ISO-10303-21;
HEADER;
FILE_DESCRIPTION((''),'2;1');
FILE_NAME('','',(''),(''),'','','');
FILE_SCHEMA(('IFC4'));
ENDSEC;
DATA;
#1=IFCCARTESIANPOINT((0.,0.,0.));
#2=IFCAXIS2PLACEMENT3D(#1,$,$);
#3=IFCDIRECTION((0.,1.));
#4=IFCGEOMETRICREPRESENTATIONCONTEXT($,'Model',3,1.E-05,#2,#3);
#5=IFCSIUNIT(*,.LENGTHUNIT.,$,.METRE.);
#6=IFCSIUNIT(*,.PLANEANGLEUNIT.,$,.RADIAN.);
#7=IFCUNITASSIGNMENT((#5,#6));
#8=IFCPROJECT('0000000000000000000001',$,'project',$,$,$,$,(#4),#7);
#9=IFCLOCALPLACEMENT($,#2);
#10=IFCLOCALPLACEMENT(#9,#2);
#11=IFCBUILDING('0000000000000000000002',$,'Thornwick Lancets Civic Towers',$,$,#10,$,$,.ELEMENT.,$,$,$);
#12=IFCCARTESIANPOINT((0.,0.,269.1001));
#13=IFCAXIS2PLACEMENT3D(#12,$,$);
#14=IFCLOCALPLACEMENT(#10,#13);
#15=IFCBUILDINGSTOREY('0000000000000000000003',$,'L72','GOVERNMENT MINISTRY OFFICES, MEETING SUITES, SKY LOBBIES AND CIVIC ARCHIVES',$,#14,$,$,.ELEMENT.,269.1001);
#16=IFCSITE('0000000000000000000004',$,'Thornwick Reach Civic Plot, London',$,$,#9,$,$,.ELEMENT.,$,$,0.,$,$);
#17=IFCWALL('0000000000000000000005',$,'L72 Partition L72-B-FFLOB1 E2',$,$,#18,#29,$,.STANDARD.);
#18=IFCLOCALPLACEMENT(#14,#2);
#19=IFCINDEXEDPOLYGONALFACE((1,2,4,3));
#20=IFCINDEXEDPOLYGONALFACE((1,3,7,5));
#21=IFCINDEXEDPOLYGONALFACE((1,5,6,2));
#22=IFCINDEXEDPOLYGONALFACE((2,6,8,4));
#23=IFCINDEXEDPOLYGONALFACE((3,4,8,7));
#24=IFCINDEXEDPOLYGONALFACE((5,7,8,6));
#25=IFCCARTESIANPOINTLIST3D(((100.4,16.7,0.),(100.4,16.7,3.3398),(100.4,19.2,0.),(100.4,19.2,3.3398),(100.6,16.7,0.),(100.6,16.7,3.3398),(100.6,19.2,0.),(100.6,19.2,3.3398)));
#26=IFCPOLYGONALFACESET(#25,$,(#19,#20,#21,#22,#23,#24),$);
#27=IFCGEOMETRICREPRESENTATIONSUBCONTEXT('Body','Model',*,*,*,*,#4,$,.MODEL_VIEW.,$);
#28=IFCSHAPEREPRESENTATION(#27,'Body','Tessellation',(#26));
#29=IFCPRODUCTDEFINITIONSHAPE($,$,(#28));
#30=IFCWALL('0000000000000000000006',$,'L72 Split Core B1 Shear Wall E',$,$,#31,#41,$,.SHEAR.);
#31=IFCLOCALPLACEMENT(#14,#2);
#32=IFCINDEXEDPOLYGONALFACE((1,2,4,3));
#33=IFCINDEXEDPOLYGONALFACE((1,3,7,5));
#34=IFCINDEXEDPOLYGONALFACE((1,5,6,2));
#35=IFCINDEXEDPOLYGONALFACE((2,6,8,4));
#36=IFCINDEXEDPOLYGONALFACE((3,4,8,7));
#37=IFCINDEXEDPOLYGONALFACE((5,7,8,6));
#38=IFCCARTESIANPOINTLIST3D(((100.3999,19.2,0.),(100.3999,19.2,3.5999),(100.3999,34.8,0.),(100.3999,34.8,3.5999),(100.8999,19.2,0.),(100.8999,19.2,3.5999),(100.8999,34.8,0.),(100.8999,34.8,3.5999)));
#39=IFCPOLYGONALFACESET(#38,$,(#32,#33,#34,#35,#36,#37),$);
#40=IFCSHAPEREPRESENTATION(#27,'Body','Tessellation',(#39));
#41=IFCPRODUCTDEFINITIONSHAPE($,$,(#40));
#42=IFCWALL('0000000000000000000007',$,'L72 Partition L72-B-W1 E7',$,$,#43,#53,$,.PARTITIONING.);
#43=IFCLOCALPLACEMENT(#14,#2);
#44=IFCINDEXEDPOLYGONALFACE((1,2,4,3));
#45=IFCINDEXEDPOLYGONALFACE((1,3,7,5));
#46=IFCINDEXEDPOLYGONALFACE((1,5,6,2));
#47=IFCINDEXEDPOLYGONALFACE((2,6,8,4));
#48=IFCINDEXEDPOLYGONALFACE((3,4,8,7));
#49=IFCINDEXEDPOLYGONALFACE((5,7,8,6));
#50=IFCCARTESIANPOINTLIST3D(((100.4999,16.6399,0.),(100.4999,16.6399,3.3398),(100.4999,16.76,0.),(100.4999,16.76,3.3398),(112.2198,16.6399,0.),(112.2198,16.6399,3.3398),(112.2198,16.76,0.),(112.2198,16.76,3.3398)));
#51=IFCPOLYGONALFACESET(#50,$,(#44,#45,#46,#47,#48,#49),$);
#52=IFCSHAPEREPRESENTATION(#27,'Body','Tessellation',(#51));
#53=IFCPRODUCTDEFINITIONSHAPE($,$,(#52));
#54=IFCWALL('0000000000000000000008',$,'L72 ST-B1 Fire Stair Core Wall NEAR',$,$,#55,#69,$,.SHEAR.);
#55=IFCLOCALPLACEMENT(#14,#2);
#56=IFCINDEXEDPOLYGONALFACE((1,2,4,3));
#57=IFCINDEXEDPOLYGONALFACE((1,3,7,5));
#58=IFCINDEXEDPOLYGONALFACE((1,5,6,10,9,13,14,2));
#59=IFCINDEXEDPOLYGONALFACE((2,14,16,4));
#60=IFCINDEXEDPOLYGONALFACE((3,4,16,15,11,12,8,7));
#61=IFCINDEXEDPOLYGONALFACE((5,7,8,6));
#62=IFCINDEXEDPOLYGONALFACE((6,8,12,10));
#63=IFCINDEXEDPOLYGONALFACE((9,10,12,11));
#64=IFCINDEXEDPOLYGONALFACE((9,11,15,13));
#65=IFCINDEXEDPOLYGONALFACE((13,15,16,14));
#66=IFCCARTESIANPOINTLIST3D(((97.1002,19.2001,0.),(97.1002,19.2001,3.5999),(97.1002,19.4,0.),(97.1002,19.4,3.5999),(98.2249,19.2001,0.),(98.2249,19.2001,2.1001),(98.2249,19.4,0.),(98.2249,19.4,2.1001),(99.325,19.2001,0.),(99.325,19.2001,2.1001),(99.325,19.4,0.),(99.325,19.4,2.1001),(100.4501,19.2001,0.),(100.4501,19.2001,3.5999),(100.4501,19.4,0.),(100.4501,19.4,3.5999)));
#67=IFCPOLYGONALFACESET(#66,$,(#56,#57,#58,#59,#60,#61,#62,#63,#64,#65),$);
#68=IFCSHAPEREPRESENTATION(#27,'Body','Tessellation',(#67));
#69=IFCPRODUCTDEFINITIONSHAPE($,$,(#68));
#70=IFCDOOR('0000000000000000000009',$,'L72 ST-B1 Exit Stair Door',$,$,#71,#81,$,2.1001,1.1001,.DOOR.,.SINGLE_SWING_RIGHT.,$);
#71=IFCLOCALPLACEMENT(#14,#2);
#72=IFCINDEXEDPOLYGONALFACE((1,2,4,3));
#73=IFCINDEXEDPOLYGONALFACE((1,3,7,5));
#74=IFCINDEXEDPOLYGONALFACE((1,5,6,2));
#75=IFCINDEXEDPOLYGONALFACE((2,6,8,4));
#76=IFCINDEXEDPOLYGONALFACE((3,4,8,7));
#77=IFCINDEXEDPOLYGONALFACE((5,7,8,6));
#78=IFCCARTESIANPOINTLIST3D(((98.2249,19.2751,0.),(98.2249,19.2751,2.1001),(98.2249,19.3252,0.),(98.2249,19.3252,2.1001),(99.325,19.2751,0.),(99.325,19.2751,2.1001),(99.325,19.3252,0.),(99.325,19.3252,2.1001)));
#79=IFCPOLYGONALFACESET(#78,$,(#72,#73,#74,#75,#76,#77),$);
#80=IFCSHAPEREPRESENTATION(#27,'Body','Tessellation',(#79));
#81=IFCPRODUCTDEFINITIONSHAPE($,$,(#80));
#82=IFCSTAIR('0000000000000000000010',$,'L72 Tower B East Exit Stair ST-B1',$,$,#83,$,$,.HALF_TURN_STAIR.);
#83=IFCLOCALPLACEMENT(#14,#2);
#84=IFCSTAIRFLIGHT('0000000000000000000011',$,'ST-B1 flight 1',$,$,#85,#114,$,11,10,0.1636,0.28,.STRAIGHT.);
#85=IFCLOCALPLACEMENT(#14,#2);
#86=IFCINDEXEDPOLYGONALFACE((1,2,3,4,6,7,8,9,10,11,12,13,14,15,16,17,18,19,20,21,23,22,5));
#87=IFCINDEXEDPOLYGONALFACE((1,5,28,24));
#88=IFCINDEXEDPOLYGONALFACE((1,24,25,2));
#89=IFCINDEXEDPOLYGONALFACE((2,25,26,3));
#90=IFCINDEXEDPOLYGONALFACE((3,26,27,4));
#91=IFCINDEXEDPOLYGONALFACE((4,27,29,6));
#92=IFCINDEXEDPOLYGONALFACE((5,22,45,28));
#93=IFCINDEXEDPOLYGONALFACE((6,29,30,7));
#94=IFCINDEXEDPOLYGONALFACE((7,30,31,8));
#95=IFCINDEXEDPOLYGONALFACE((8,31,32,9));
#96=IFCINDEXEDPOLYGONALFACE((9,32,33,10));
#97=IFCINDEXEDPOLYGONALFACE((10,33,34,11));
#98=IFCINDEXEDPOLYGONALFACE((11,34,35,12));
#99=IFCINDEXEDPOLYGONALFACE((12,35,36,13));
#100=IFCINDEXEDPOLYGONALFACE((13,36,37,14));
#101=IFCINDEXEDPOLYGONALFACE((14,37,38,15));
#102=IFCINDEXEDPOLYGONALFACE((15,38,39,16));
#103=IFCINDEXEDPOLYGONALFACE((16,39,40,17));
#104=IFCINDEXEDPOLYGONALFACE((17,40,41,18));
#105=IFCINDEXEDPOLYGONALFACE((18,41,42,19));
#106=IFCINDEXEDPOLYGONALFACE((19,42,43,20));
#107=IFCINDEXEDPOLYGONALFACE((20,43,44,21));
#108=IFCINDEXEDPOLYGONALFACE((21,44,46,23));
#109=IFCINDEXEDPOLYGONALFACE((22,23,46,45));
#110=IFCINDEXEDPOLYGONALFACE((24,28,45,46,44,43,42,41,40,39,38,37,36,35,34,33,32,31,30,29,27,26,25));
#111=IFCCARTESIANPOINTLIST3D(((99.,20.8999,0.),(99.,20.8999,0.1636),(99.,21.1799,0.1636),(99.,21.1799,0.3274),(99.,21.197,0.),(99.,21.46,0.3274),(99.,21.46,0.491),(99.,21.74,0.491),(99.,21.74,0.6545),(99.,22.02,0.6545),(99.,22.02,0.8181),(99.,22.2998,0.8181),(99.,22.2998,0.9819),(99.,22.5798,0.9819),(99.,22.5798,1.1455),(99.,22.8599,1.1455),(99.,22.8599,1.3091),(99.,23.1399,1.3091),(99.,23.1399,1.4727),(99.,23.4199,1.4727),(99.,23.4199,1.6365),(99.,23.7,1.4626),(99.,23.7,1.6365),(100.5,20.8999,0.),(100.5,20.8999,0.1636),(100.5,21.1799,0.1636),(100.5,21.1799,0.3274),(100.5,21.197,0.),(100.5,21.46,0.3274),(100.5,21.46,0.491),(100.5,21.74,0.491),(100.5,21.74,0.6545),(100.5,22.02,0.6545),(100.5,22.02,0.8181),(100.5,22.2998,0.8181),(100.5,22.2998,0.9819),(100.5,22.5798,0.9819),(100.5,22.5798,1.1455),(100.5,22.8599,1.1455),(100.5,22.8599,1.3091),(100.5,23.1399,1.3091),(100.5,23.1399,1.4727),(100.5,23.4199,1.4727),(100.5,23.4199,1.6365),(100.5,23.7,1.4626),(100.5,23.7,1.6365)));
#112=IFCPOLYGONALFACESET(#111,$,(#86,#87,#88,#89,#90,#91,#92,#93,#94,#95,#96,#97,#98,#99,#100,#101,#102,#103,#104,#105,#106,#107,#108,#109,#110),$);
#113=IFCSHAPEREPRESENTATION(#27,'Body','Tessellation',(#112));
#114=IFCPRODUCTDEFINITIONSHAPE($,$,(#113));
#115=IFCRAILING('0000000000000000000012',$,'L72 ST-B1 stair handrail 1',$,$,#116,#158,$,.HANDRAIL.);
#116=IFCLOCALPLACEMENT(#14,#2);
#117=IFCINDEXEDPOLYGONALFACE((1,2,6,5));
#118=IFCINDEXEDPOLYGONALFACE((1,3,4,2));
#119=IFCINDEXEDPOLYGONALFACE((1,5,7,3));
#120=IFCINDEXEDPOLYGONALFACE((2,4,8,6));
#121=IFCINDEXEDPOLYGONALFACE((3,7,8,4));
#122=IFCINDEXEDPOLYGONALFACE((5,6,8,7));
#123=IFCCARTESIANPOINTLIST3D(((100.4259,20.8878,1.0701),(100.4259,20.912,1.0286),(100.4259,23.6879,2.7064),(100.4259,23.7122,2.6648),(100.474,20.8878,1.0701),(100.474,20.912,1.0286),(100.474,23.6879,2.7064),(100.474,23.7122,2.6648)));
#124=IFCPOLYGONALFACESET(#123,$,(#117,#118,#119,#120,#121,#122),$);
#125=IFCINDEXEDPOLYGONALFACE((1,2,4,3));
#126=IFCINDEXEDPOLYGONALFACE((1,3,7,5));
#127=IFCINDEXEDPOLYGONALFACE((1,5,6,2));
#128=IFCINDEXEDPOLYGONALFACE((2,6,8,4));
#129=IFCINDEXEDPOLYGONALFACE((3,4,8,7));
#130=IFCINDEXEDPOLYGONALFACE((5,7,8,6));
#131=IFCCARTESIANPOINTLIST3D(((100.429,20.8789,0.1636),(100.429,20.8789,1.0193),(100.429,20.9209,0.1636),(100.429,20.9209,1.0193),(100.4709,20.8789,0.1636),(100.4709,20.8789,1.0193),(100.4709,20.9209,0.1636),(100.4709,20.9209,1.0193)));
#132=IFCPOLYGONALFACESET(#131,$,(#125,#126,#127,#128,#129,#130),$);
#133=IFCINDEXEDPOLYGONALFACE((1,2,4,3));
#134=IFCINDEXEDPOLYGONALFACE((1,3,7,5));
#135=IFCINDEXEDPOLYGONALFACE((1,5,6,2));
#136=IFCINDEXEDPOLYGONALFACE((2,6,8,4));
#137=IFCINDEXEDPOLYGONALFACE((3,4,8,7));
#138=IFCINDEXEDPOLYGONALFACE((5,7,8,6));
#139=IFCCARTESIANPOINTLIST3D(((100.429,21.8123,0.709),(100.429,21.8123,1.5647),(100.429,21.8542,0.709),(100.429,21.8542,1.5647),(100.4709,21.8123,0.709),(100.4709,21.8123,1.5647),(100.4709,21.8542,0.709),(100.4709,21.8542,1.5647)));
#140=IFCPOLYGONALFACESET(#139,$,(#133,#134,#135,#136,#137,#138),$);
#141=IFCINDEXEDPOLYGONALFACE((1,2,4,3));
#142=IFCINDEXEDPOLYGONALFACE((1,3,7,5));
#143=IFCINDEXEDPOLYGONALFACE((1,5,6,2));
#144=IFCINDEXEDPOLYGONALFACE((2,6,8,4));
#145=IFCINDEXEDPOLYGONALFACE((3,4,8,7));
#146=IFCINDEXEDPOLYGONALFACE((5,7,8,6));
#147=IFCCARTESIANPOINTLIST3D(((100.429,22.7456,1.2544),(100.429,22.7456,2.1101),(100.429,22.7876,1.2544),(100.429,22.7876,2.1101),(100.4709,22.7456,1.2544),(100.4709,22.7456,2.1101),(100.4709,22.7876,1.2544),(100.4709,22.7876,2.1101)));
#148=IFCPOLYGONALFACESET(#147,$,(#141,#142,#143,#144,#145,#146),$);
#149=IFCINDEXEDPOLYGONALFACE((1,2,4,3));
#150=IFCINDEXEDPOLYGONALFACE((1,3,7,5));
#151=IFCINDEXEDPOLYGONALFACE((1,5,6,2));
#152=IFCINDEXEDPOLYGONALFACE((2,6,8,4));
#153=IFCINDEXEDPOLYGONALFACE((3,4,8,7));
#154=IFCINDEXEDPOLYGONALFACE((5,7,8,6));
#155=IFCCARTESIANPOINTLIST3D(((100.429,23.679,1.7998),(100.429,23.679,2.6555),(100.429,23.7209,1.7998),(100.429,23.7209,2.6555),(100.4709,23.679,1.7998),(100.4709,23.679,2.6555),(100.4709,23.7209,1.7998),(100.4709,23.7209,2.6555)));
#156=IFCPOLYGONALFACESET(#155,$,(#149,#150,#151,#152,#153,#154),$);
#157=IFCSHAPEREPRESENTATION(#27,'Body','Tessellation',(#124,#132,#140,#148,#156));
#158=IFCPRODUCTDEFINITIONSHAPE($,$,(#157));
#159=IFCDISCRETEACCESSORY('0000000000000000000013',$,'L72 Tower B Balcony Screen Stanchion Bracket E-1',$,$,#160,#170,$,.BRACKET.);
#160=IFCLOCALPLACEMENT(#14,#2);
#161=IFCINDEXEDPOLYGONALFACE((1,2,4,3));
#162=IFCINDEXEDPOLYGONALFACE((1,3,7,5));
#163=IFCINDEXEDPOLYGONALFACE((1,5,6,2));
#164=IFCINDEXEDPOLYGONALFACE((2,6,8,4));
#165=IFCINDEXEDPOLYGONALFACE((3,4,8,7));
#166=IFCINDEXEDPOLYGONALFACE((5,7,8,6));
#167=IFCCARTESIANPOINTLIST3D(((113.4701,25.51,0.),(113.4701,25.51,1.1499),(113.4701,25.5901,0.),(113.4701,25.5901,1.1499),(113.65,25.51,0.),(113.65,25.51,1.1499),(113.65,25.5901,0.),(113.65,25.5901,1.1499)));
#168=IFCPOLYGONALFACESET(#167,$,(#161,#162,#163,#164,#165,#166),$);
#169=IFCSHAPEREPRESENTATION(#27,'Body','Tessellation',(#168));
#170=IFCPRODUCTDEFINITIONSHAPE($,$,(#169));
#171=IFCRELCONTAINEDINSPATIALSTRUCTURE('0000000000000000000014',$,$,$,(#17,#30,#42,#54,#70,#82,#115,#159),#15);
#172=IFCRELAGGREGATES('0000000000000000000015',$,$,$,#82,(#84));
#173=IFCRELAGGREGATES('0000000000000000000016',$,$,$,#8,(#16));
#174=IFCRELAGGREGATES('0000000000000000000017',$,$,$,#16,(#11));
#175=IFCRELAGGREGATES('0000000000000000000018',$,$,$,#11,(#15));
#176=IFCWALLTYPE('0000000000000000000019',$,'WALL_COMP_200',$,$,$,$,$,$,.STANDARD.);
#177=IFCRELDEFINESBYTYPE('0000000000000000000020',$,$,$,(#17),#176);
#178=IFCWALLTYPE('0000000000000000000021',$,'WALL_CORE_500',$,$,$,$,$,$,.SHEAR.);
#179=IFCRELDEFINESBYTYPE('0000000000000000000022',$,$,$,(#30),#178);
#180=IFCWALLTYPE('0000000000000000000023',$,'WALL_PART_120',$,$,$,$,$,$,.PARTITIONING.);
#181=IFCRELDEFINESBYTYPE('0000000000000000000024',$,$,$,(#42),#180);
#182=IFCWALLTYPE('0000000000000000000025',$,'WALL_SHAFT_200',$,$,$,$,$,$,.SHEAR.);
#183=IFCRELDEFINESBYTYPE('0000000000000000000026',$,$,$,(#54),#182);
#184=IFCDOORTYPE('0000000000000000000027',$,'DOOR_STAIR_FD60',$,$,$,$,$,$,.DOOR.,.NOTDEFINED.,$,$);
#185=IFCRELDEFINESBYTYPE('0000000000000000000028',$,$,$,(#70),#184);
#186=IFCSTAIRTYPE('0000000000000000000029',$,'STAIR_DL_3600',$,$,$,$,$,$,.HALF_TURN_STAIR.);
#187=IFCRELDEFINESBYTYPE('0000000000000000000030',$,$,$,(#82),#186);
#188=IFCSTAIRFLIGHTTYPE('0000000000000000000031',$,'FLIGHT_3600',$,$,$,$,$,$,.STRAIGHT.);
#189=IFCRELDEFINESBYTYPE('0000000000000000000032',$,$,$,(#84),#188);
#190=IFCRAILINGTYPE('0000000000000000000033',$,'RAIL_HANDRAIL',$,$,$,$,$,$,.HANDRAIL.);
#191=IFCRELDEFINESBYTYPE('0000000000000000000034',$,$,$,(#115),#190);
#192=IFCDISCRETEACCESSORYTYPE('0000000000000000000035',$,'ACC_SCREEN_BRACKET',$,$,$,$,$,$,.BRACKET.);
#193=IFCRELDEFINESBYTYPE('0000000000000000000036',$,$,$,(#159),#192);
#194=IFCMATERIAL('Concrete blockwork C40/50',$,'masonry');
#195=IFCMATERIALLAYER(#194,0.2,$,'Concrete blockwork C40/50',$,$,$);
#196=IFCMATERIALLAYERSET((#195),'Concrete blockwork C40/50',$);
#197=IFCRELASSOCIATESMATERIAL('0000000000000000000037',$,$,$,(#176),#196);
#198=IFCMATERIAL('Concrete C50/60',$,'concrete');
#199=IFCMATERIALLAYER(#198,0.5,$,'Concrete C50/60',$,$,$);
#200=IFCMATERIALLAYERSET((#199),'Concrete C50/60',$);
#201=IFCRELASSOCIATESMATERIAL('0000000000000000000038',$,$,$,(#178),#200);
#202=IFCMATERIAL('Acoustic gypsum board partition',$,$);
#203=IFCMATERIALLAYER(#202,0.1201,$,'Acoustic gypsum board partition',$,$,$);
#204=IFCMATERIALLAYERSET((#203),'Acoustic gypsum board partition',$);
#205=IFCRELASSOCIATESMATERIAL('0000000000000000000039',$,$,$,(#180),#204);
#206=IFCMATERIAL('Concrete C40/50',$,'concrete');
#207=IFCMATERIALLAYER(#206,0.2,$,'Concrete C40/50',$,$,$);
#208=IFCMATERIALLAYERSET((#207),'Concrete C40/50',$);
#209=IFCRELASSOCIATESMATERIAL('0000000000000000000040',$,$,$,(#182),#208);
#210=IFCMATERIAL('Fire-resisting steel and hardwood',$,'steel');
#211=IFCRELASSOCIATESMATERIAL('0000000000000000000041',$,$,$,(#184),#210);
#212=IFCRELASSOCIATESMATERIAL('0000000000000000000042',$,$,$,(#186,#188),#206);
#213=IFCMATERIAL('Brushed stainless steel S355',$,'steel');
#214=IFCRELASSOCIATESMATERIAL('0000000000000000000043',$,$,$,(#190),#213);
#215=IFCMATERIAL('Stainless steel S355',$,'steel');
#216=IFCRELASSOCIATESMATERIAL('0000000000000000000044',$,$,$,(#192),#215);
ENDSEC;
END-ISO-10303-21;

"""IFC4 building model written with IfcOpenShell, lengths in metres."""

from ifc_helpers import new_model, si_unit, direction, frame, frame_2d, origin, origin_2d, place, context, subcontext, project, spatial, polyline, rectangle, outline, extrude, material, layer, layer_set, type_object, element, fill, aggregate, save


model = new_model("IFC4")

# Units and contexts
model_context = context("Model", 3, precision=1e-05, world=origin(), true_north=direction((0.0, 1.0)))
body_context = subcontext(model_context, "Body", "Model", "MODEL_VIEW")
ifc_project = project(units=[si_unit("LENGTHUNIT", "METRE"), si_unit("PLANEANGLEUNIT", "RADIAN")], contexts=[model_context])

# Site, building, storey
site_placement = place(None, origin())
site = spatial("IfcSite", under=ifc_project, at=site_placement, Name="Thornwick Reach Civic Plot, London", CompositionType="ELEMENT", RefElevation=0.0)
building_placement = place(site_placement, origin())
building = spatial("IfcBuilding", under=site, at=building_placement, Name="Thornwick Lancets Civic Towers", CompositionType="ELEMENT")
storey_placement = place(building_placement, frame((0.0, 0.0, 269.1001)))
storey = spatial("IfcBuildingStorey", under=building, at=storey_placement, Name="L72", Description="GOVERNMENT MINISTRY OFFICES, MEETING SUITES, SKY LOBBIES AND CIVIC ARCHIVES", CompositionType="ELEMENT", Elevation=269.1001)

# Shared definitions
ifc_material_1 = material(Name="Concrete C50/60", Category="concrete")

# Shared definitions
ifc_material_2 = material(Name="Concrete C40/50", Category="concrete")

# Walls
ifc_material_3 = material(Name="Concrete blockwork C40/50", Category="masonry")
ifc_layer_1 = layer(ifc_material_3, 0.2, Name="Concrete blockwork C40/50")
ifc_layer_set_1 = layer_set([ifc_layer_1], Name="Concrete blockwork C40/50")
wall_type_1 = type_object("IfcWallType", Name="WALL_COMP_200", PredefinedType="STANDARD", material=ifc_layer_set_1)
wall_1_placement = place(storey_placement, frame((100.5, 16.7, 0.0), z_axis=(0.0, 0.0, 1.0), x_axis=(0.0, 1.0, 0.0)))
element("IfcWall", 1, at=wall_1_placement, inside=storey, type_object=wall_type_1, Name="L72 Partition L72-B-FFLOB1 E2", PredefinedType="STANDARD", context=body_context, shape_type="SweptSolid", body=[
    extrude(rectangle(XDim=2.5, YDim=0.2, at=frame_2d((1.25, 0.0))), origin(), (0.0, 0.0, 1.0), 3.3398),
])
ifc_layer_2 = layer(ifc_material_1, 0.5, Name="Concrete C50/60")
ifc_layer_set_2 = layer_set([ifc_layer_2], Name="Concrete C50/60")
wall_type_2 = type_object("IfcWallType", Name="WALL_CORE_500", PredefinedType="SHEAR", material=ifc_layer_set_2)
wall_2_placement = place(storey_placement, frame((100.6499, 19.2, 0.0), z_axis=(0.0, 0.0, 1.0), x_axis=(0.0, 1.0, 0.0)))
element("IfcWall", 2, at=wall_2_placement, inside=storey, type_object=wall_type_2, Name="L72 Split Core B1 Shear Wall E", PredefinedType="SHEAR", context=body_context, shape_type="SweptSolid", body=[
    extrude(rectangle(XDim=15.6001, YDim=0.5, at=frame_2d((7.8, 0.0))), origin(), (0.0, 0.0, 1.0), 3.5999),
])
ifc_material_4 = material(Name="Acoustic gypsum board partition")
ifc_layer_3 = layer(ifc_material_4, 0.1201, Name="Acoustic gypsum board partition")
ifc_layer_set_3 = layer_set([ifc_layer_3], Name="Acoustic gypsum board partition")
wall_type_3 = type_object("IfcWallType", Name="WALL_PART_120", PredefinedType="PARTITIONING", material=ifc_layer_set_3)
wall_3_placement = place(storey_placement, frame((100.5, 16.7, 0.0), z_axis=(0.0, 0.0, 1.0), x_axis=(1.0, 0.0, 0.0)))
element("IfcWall", 3, at=wall_3_placement, inside=storey, type_object=wall_type_3, Name="L72 Partition L72-B-W1 E7", PredefinedType="PARTITIONING", context=body_context, shape_type="SweptSolid", body=[
    extrude(rectangle(XDim=11.72, YDim=0.1201, at=frame_2d((5.8599, 0.0))), origin(), (0.0, 0.0, 1.0), 3.3398),
])

# Wall, opening, door
ifc_layer_4 = layer(ifc_material_2, 0.2, Name="Concrete C40/50")
ifc_layer_set_4 = layer_set([ifc_layer_4], Name="Concrete C40/50")
wall_type_4 = type_object("IfcWallType", Name="WALL_SHAFT_200", PredefinedType="SHEAR", material=ifc_layer_set_4)
wall_4_placement = place(storey_placement, frame((100.45, 19.3, 0.0), z_axis=(0.0, 0.0, 1.0), x_axis=(-1.0, 0.0, 0.0)))
wall_4 = element("IfcWall", 4, at=wall_4_placement, inside=storey, type_object=wall_type_4, Name="L72 ST-B1 Fire Stair Core Wall NEAR", PredefinedType="SHEAR", context=body_context, shape_type="SweptSolid", body=[
    extrude(rectangle(XDim=3.3499, YDim=0.2, at=frame_2d((1.6748, 0.0))), origin(), (0.0, 0.0, 1.0), 3.5999),
])
opening_placement = place(wall_4_placement, frame((1.125, 0.0, 0.0)))
opening = element("IfcOpeningElement", 5, at=opening_placement, cuts=wall_4, PredefinedType="OPENING", context=body_context, shape_type="SweptSolid", body=[
    extrude(rectangle(XDim=1.1001, YDim=2.1001, at=frame_2d((0.55, 1.05))), frame((0.0, 0.1099, 0.0), z_axis=(0.0, -1.0, 0.0), x_axis=(1.0, 0.0, 0.0)), (0.0, 0.0, 1.0), 0.22),
])
ifc_material_5 = material(Name="Fire-resisting steel and hardwood", Category="steel")
door_type = type_object("IfcDoorType", Name="DOOR_STAIR_FD60", OperationType="NOTDEFINED", PredefinedType="DOOR", material=ifc_material_5)
door_placement = place(opening_placement, origin())
door = element("IfcDoor", 6, at=door_placement, inside=storey, type_object=door_type, Name="L72 ST-B1 Exit Stair Door", OperationType="SINGLE_SWING_RIGHT", OverallHeight=2.1001, OverallWidth=1.1001, PredefinedType="DOOR", context=body_context, shape_type="SweptSolid", body=[
    extrude(rectangle(XDim=1.1001, YDim=2.1001, at=frame_2d((0.55, 1.05))), frame((0.0, 0.0249, 0.0), z_axis=(0.0, -1.0, 0.0), x_axis=(1.0, 0.0, 0.0)), (0.0, 0.0, 1.0), 0.05),
])
fill(opening, door)

# Stair, stair flight
stair_type = type_object("IfcStairType", Name="STAIR_DL_3600", PredefinedType="HALF_TURN_STAIR", material=ifc_material_2)
stair_placement = place(storey_placement, origin())
stair = element("IfcStair", 7, at=stair_placement, inside=storey, type_object=stair_type, Name="L72 Tower B East Exit Stair ST-B1", PredefinedType="HALF_TURN_STAIR")
stair_flight_type = type_object("IfcStairFlightType", Name="FLIGHT_3600", PredefinedType="STRAIGHT", material=ifc_material_2)
stair_flight_placement = place(storey_placement, frame((99.75, 20.8999, 0.0), z_axis=(0.0, 0.0, 1.0), x_axis=(0.0, 1.0, 0.0)))
stair_flight = element("IfcStairFlight", 8, at=stair_flight_placement, type_object=stair_flight_type, Name="ST-B1 flight 1", NumberOfRisers=11, NumberOfTreads=10, PredefinedType="STRAIGHT", RiserHeight=0.1636, TreadLength=0.28, context=body_context, shape_type="SweptSolid", body=[
    extrude(outline(polyline([(0.0, 0.0), (0.0, 0.1636), (0.28, 0.1636), (0.28, 0.3274), (0.5601, 0.3274), (0.5601, 0.491), (0.8401, 0.491), (0.8401, 0.6545), (1.1201, 0.6545), (1.1201, 0.8181), (1.3999, 0.8181), (1.3999, 0.9819), (1.6799, 0.9819), (1.6799, 1.1455), (1.96, 1.1455), (1.96, 1.3091), (2.24, 1.3091), (2.24, 1.4727), (2.52, 1.4727), (2.52, 1.6365), (2.8, 1.6365), (2.8, 1.8), (2.8, 1.4626), (0.2971, 0.0), (0.0, 0.0)])), frame((0.0, 0.75, 0.0), z_axis=(0.0, -1.0, 0.0), x_axis=(1.0, 0.0, 0.0)), (0.0, 0.0, 1.0), 1.5),
])
aggregate(stair, [stair_flight])

# Railing
ifc_material_6 = material(Name="Brushed stainless steel S355", Category="steel")
railing_type = type_object("IfcRailingType", Name="RAIL_HANDRAIL", PredefinedType="HANDRAIL", material=ifc_material_6)
railing_placement = place(storey_placement, frame((100.45, 20.8999, 0.1636)))
element("IfcRailing", 9, at=railing_placement, inside=storey, type_object=railing_type, Name="L72 ST-B1 stair handrail 1", PredefinedType="HANDRAIL", context=body_context, shape_type="SweptSolid", body=[
    extrude(rectangle(XDim=0.0481, YDim=0.0481, at=origin_2d()), frame((0.0, 0.0, 0.8857), z_axis=(0.0, 0.863394, 0.504531), x_axis=(-1.0, 0.0, 0.0)), (0.0, 0.0, 1.0), 3.2432),
    extrude(rectangle(XDim=0.042, YDim=0.042, at=origin_2d()), origin(), (0.0, 0.0, 1.0), 0.8557),
    extrude(rectangle(XDim=0.042, YDim=0.042, at=origin_2d()), frame((0.0, 0.9333, 0.5454)), (0.0, 0.0, 1.0), 0.8557),
    extrude(rectangle(XDim=0.042, YDim=0.042, at=origin_2d()), frame((0.0, 1.8667, 1.0908)), (0.0, 0.0, 1.0), 0.8557),
    extrude(rectangle(XDim=0.042, YDim=0.042, at=origin_2d()), frame((0.0, 2.8, 1.6362)), (0.0, 0.0, 1.0), 0.8557),
])

# Discrete accessory
ifc_material_7 = material(Name="Stainless steel S355", Category="steel")
discrete_accessory_type = type_object("IfcDiscreteAccessoryType", Name="ACC_SCREEN_BRACKET", PredefinedType="BRACKET", material=ifc_material_7)
discrete_accessory_placement = place(storey_placement, frame((113.5601, 25.55, 0.0), z_axis=(0.0, 0.0, 1.0), x_axis=(0.0, 1.0, 0.0)))
element("IfcDiscreteAccessory", 10, at=discrete_accessory_placement, inside=storey, type_object=discrete_accessory_type, Name="L72 Tower B Balcony Screen Stanchion Bracket E-1", PredefinedType="BRACKET", context=body_context, shape_type="SweptSolid", body=[
    extrude(rectangle(XDim=0.0801, YDim=0.1799, at=origin_2d()), origin(), (0.0, 0.0, 1.0), 1.1499),
])

save(model, "model.ifc")
